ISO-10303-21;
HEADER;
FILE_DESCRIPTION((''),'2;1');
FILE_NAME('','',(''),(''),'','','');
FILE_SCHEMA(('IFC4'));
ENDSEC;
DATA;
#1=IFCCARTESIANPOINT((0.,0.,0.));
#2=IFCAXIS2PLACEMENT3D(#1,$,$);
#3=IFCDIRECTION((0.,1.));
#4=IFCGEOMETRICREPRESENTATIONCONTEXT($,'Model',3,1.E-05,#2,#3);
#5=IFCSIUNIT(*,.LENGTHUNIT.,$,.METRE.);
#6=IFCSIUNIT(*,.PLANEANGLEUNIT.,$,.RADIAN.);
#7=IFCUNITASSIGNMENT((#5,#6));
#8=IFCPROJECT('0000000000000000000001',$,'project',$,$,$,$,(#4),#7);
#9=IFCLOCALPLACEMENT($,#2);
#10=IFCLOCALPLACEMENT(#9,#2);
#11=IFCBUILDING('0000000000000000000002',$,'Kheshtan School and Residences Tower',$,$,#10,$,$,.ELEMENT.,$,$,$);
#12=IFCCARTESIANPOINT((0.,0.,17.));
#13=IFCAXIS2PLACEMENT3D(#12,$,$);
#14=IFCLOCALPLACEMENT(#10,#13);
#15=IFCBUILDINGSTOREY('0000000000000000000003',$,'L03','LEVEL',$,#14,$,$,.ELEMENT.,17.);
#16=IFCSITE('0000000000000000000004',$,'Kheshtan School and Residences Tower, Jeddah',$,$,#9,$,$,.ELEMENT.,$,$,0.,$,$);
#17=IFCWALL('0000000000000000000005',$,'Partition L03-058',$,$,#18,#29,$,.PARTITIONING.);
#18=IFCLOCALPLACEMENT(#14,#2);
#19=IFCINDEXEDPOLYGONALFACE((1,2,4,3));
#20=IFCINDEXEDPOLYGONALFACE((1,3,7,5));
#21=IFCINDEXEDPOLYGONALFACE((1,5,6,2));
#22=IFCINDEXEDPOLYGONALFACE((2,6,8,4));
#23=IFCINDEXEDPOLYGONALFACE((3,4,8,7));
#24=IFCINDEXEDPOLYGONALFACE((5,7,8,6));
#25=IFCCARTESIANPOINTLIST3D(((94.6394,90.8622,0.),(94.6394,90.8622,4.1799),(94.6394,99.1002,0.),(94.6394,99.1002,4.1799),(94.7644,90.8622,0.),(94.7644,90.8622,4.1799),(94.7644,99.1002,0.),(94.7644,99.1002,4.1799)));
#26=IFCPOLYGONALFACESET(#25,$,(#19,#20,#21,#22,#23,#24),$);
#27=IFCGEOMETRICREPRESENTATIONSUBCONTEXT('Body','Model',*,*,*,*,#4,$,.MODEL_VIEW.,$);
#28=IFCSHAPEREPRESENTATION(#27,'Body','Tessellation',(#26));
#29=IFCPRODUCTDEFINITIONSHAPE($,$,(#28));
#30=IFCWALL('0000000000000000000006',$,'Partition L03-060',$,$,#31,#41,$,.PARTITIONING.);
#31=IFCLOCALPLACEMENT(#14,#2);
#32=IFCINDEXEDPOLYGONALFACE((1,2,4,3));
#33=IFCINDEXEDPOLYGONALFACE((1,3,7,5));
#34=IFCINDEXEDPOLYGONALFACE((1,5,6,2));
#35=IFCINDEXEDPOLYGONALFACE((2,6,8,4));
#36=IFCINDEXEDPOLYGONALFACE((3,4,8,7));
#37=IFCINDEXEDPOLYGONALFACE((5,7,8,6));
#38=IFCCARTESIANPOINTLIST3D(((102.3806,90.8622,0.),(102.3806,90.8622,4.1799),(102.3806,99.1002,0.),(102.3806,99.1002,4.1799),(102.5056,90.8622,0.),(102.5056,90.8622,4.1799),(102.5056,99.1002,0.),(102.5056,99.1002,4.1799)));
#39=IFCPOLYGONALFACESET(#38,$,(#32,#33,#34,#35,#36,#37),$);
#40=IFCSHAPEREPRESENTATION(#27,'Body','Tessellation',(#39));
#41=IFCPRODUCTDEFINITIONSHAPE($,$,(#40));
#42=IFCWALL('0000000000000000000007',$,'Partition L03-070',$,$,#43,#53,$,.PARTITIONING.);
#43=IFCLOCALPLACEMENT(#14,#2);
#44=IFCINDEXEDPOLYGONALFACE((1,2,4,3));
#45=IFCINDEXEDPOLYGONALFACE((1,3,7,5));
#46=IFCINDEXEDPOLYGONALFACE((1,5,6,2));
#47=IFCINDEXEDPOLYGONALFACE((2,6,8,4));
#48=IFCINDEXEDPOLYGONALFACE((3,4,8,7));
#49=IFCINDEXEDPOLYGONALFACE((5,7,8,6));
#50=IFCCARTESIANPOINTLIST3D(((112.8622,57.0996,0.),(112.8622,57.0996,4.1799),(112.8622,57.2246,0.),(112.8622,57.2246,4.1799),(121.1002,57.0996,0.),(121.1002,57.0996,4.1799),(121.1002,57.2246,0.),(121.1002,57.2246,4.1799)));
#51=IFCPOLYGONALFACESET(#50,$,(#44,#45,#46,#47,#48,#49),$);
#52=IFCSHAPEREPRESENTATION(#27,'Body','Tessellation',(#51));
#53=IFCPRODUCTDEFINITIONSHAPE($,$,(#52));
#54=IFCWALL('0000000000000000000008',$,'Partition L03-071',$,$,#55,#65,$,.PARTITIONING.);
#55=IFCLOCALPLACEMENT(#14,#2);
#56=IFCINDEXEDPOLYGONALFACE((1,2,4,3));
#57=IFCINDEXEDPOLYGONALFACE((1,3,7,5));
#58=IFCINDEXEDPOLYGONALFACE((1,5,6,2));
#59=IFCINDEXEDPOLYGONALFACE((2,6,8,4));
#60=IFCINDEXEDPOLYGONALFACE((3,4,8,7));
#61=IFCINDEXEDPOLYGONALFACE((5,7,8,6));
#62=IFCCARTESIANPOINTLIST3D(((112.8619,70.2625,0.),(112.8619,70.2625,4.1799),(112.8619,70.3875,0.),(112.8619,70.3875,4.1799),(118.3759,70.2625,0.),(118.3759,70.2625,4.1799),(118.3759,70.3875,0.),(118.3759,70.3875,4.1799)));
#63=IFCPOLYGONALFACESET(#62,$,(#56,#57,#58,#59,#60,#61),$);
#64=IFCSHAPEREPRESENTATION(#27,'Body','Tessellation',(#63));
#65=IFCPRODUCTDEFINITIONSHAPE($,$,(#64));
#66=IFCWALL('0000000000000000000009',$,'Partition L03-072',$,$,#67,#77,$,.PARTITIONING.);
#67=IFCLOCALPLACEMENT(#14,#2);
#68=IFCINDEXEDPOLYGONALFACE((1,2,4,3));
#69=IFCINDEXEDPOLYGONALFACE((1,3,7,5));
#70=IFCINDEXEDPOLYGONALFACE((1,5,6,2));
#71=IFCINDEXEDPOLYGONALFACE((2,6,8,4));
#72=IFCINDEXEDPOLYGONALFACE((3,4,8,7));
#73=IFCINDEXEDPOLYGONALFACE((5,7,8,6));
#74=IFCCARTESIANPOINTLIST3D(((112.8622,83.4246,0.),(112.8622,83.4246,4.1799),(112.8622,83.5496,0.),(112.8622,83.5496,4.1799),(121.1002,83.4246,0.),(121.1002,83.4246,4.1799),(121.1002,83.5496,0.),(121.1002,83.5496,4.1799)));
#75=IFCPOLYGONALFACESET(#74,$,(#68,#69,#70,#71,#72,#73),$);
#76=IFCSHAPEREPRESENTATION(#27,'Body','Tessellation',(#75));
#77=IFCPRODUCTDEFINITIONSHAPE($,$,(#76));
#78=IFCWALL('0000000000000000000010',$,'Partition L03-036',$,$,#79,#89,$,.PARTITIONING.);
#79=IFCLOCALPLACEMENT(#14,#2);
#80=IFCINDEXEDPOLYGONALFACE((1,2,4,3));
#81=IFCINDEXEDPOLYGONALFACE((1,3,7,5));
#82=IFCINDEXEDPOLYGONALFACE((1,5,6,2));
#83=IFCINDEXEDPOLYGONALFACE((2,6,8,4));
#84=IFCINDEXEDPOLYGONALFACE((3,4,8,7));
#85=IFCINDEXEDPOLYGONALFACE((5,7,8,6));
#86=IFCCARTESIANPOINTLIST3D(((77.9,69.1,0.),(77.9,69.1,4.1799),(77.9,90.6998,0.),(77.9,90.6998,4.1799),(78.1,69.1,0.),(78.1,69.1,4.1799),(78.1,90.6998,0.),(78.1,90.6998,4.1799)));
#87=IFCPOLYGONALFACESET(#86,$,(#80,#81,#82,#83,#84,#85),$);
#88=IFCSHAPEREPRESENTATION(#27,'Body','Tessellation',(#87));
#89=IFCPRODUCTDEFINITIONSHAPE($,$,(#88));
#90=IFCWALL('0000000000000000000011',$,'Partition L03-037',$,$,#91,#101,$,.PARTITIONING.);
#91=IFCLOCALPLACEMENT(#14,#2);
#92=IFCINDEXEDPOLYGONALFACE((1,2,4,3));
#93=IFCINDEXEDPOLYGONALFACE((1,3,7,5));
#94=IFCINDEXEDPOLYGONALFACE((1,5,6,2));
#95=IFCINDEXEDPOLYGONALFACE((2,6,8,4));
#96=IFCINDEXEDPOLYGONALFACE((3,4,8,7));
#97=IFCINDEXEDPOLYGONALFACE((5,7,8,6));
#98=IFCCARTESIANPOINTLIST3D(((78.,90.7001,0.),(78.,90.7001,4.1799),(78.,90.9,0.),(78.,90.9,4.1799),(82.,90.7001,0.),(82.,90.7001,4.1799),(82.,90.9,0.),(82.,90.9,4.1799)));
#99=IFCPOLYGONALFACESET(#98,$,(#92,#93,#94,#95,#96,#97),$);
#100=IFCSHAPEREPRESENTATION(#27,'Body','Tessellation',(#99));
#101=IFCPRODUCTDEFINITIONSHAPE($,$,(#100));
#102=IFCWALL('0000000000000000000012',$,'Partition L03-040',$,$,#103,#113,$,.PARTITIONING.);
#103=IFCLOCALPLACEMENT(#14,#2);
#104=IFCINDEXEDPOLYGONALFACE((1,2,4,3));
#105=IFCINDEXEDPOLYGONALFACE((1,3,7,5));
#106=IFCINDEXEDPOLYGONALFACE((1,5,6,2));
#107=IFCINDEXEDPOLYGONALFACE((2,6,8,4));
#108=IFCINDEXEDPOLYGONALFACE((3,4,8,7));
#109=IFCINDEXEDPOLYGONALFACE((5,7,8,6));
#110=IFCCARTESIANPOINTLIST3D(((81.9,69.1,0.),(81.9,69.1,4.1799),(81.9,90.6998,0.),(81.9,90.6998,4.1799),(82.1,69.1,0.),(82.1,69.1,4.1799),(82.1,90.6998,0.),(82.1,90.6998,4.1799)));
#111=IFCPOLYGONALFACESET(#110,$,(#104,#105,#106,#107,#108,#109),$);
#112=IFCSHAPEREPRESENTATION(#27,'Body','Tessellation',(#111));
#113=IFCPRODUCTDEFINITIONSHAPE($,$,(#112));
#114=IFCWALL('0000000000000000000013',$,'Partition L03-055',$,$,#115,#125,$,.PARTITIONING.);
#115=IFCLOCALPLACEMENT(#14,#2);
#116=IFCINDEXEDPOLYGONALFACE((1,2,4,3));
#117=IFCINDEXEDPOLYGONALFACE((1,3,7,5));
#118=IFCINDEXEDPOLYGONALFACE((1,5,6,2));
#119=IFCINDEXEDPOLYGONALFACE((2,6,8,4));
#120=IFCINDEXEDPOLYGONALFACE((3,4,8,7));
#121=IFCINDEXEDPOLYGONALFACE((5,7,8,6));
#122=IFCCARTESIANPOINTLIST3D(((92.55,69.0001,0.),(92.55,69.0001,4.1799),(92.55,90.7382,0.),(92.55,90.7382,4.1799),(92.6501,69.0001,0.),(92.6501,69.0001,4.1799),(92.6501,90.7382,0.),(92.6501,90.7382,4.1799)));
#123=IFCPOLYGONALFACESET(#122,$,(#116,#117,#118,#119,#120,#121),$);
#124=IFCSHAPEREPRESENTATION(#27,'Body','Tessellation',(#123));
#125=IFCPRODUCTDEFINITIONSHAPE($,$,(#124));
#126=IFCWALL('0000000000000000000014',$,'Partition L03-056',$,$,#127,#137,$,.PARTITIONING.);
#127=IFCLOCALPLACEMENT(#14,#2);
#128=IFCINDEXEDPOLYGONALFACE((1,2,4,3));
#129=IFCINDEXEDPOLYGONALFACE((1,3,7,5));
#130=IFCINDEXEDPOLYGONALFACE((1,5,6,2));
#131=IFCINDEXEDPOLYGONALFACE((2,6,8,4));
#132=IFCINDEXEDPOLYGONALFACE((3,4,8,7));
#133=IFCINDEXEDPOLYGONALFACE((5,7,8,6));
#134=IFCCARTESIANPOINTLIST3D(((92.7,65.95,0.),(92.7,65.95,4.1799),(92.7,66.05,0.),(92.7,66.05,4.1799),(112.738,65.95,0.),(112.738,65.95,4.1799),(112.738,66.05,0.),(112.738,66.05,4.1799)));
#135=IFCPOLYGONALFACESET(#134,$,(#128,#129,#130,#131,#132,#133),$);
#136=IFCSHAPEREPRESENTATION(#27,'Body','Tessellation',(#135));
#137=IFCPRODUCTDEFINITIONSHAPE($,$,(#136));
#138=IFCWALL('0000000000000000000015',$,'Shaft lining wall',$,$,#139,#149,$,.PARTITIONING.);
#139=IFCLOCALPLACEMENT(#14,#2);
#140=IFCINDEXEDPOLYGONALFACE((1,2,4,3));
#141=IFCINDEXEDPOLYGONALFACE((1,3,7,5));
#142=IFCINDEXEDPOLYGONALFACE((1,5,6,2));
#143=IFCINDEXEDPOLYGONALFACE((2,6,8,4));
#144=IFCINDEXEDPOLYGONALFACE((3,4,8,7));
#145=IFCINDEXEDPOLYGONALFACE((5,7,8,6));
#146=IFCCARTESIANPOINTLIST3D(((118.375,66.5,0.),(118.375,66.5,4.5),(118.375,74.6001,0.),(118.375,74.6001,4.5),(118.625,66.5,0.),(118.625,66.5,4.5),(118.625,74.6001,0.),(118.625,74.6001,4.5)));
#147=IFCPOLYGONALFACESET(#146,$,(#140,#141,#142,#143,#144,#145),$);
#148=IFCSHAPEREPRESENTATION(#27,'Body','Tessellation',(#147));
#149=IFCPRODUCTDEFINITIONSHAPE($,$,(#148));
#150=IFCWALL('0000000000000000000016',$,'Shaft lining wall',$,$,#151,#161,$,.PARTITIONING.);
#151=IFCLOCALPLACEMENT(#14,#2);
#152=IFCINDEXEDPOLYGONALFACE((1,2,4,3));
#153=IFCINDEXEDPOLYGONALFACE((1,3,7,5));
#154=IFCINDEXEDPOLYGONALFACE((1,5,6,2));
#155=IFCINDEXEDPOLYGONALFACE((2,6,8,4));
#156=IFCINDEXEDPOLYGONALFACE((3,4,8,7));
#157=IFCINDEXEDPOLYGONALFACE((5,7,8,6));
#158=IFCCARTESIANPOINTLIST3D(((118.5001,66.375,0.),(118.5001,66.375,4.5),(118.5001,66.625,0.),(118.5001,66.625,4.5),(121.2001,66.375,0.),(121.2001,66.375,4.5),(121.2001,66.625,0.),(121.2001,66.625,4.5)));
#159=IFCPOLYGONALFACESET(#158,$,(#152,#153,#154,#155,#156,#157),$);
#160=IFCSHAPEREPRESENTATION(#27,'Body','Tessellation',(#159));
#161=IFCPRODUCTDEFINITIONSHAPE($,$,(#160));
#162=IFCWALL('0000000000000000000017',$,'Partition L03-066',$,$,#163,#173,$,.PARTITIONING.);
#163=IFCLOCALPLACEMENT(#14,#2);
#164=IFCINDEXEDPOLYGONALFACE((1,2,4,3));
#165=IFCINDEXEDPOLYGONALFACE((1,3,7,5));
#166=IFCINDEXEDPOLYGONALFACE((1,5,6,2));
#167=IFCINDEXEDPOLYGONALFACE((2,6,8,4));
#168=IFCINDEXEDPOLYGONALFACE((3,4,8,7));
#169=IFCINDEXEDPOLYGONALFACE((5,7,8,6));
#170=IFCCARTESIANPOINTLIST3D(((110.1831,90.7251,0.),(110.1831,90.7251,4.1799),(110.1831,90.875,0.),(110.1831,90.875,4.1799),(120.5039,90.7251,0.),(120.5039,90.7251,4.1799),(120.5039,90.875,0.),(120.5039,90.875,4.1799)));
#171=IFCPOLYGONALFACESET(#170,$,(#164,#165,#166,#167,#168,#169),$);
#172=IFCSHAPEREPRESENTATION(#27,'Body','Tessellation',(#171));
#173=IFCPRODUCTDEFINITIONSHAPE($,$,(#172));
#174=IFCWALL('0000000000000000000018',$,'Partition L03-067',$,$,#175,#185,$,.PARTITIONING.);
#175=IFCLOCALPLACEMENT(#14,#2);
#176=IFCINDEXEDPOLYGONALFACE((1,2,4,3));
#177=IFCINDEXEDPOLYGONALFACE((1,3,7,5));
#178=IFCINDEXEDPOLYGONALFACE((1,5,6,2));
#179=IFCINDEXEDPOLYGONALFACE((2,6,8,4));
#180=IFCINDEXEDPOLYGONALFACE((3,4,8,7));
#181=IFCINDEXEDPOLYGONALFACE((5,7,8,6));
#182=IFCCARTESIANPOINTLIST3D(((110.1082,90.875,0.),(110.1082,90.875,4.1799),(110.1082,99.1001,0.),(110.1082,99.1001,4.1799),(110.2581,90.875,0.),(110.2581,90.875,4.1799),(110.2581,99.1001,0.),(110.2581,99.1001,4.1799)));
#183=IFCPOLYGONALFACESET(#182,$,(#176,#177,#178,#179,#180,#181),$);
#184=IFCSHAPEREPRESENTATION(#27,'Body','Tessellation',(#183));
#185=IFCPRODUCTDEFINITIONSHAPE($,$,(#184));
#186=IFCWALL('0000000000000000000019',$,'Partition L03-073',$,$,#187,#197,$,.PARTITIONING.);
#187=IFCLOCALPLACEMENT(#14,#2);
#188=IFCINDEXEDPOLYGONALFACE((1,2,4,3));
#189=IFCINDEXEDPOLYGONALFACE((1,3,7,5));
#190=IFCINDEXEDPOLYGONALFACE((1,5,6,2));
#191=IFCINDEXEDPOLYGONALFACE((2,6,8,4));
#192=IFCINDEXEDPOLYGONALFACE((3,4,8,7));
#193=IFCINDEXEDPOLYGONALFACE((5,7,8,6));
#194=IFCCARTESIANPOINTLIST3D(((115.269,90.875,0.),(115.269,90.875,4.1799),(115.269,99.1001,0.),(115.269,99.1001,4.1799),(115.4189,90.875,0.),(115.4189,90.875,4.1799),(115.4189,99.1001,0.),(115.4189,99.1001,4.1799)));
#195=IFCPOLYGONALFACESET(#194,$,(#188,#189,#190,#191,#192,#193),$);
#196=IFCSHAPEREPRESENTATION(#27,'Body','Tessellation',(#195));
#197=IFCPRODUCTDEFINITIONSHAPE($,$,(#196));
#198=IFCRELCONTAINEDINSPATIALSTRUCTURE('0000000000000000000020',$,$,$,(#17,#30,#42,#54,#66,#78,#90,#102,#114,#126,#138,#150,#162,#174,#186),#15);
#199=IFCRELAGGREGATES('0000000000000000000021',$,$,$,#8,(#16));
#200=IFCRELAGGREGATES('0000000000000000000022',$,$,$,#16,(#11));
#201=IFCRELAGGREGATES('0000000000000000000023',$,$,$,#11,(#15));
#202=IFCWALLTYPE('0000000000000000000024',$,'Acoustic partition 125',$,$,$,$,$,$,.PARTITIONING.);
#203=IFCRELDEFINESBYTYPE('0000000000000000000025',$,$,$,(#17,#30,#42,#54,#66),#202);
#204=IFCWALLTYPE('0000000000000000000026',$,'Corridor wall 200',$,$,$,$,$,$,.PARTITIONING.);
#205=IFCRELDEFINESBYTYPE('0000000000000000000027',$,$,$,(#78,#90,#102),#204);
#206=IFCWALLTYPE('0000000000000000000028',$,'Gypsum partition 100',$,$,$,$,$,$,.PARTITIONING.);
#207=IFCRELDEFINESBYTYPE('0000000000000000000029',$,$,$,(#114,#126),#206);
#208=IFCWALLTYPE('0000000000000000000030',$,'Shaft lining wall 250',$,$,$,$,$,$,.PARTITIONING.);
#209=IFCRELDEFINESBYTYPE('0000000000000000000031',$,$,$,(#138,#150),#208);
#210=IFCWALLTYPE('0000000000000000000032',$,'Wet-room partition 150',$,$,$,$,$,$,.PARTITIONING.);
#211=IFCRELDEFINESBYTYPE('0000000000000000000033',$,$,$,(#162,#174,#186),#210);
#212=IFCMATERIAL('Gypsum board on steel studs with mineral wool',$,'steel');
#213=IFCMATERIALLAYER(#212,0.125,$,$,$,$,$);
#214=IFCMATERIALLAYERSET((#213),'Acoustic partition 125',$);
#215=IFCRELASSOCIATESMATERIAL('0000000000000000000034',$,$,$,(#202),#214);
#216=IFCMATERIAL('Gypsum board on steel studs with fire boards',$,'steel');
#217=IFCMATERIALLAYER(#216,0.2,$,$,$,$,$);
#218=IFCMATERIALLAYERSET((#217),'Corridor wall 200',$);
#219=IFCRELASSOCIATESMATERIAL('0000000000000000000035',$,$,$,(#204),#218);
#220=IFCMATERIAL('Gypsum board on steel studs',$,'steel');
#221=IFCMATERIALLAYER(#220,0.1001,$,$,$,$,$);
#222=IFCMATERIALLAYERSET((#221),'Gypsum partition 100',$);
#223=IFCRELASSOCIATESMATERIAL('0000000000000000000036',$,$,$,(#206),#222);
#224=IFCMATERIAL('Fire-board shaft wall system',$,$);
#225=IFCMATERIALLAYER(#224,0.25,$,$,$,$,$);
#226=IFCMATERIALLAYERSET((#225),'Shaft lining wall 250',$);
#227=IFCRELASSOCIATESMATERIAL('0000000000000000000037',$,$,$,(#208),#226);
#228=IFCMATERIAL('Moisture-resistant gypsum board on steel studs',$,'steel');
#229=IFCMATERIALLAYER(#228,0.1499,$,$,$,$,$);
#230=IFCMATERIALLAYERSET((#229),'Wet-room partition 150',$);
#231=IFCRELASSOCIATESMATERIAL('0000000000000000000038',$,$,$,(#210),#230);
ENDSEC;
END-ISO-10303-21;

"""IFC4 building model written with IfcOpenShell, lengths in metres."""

from ifc_helpers import new_model, si_unit, direction, frame, frame_2d, origin, place, context, subcontext, project, spatial, rectangle, extrude, material, layer, layer_set, type_object, element, save


model = new_model("IFC4")

# Units and contexts
model_context = context("Model", 3, precision=1e-05, world=origin(), true_north=direction((0.0, 1.0)))
body_context = subcontext(model_context, "Body", "Model", "MODEL_VIEW")
ifc_project = project(units=[si_unit("LENGTHUNIT", "METRE"), si_unit("PLANEANGLEUNIT", "RADIAN")], contexts=[model_context])

# Site, building, storey
site_placement = place(None, origin())
site = spatial("IfcSite", under=ifc_project, at=site_placement, Name="Kheshtan School and Residences Tower, Jeddah", CompositionType="ELEMENT", RefElevation=0.0)
building_placement = place(site_placement, origin())
building = spatial("IfcBuilding", under=site, at=building_placement, Name="Kheshtan School and Residences Tower", CompositionType="ELEMENT")
storey_placement = place(building_placement, frame((0.0, 0.0, 17.0)))
storey = spatial("IfcBuildingStorey", under=building, at=storey_placement, Name="L03", Description="LEVEL", CompositionType="ELEMENT", Elevation=17.0)

# Walls
ifc_material_1 = material(Name="Gypsum board on steel studs with mineral wool", Category="steel")
ifc_layer_1 = layer(ifc_material_1, 0.125)
ifc_layer_set_1 = layer_set([ifc_layer_1], Name="Acoustic partition 125")
wall_type_1 = type_object("IfcWallType", Name="Acoustic partition 125", PredefinedType="PARTITIONING", material=ifc_layer_set_1)
for number, where, z_axis, x_axis, name in (
    (1, (94.7019, 90.8621, 0.0), (0.0, 0.0, 1.0), (0.0, 1.0, 0.0), "Partition L03-058"),
    (2, (102.4431, 90.8621, 0.0), (0.0, 0.0, 1.0), (0.0, 1.0, 0.0), "Partition L03-060"),
    (3, (112.8621, 57.1621, 0.0), (0.0, 0.0, 1.0), (1.0, 0.0, 0.0), "Partition L03-070"),
):
    element("IfcWall", number, at=place(storey_placement, frame(where, z_axis=z_axis, x_axis=x_axis)), inside=storey, type_object=wall_type_1, Name=name, PredefinedType="PARTITIONING", context=body_context, shape_type="SweptSolid", body=[
        extrude(rectangle(XDim=8.238, YDim=0.125, at=frame_2d((4.1191, 0.0))), origin(), (0.0, 0.0, 1.0), 4.1799),
    ])
wall_1_placement = place(storey_placement, frame((112.8621, 70.325, 0.0), z_axis=(0.0, 0.0, 1.0), x_axis=(1.0, 0.0, 0.0)))
element("IfcWall", 4, at=wall_1_placement, inside=storey, type_object=wall_type_1, Name="Partition L03-071", PredefinedType="PARTITIONING", context=body_context, shape_type="SweptSolid", body=[
    extrude(rectangle(XDim=5.5139, YDim=0.125, at=frame_2d((2.7568, 0.0))), origin(), (0.0, 0.0, 1.0), 4.1799),
])
wall_2_placement = place(storey_placement, frame((112.8621, 83.4871, 0.0), z_axis=(0.0, 0.0, 1.0), x_axis=(1.0, 0.0, 0.0)))
element("IfcWall", 5, at=wall_2_placement, inside=storey, type_object=wall_type_1, Name="Partition L03-072", PredefinedType="PARTITIONING", context=body_context, shape_type="SweptSolid", body=[
    extrude(rectangle(XDim=8.238, YDim=0.125, at=frame_2d((4.1191, 0.0))), origin(), (0.0, 0.0, 1.0), 4.1799),
])
ifc_material_2 = material(Name="Gypsum board on steel studs with fire boards", Category="steel")
ifc_layer_2 = layer(ifc_material_2, 0.2)
ifc_layer_set_2 = layer_set([ifc_layer_2], Name="Corridor wall 200")
wall_type_2 = type_object("IfcWallType", Name="Corridor wall 200", PredefinedType="PARTITIONING", material=ifc_layer_set_2)
wall_3_placement = place(storey_placement, frame((78.0, 69.1001, 0.0), z_axis=(0.0, 0.0, 1.0), x_axis=(0.0, 1.0, 0.0)))
element("IfcWall", 6, at=wall_3_placement, inside=storey, type_object=wall_type_2, Name="Partition L03-036", PredefinedType="PARTITIONING", context=body_context, shape_type="SweptSolid", body=[
    extrude(rectangle(XDim=21.5999, YDim=0.2, at=frame_2d((10.7998, 0.0))), origin(), (0.0, 0.0, 1.0), 4.1799),
])
wall_4_placement = place(storey_placement, frame((78.0, 90.8, 0.0), z_axis=(0.0, 0.0, 1.0), x_axis=(1.0, 0.0, 0.0)))
element("IfcWall", 7, at=wall_4_placement, inside=storey, type_object=wall_type_2, Name="Partition L03-037", PredefinedType="PARTITIONING", context=body_context, shape_type="SweptSolid", body=[
    extrude(rectangle(XDim=4.0, YDim=0.2, at=frame_2d((2.0, 0.0))), origin(), (0.0, 0.0, 1.0), 4.1799),
])
wall_5_placement = place(storey_placement, frame((82.0, 69.1001, 0.0), z_axis=(0.0, 0.0, 1.0), x_axis=(0.0, 1.0, 0.0)))
element("IfcWall", 8, at=wall_5_placement, inside=storey, type_object=wall_type_2, Name="Partition L03-040", PredefinedType="PARTITIONING", context=body_context, shape_type="SweptSolid", body=[
    extrude(rectangle(XDim=21.5999, YDim=0.2, at=frame_2d((10.7998, 0.0))), origin(), (0.0, 0.0, 1.0), 4.1799),
])
ifc_material_3 = material(Name="Gypsum board on steel studs", Category="steel")
ifc_layer_3 = layer(ifc_material_3, 0.1001)
ifc_layer_set_3 = layer_set([ifc_layer_3], Name="Gypsum partition 100")
wall_type_3 = type_object("IfcWallType", Name="Gypsum partition 100", PredefinedType="PARTITIONING", material=ifc_layer_set_3)
wall_6_placement = place(storey_placement, frame((92.6001, 69.0, 0.0), z_axis=(0.0, 0.0, 1.0), x_axis=(0.0, 1.0, 0.0)))
element("IfcWall", 9, at=wall_6_placement, inside=storey, type_object=wall_type_3, Name="Partition L03-055", PredefinedType="PARTITIONING", context=body_context, shape_type="SweptSolid", body=[
    extrude(rectangle(XDim=21.738, YDim=0.1001, at=frame_2d((10.8691, 0.0))), origin(), (0.0, 0.0, 1.0), 4.1799),
])
wall_7_placement = place(storey_placement, frame((92.7, 66.0, 0.0), z_axis=(0.0, 0.0, 1.0), x_axis=(1.0, 0.0, 0.0)))
element("IfcWall", 10, at=wall_7_placement, inside=storey, type_object=wall_type_3, Name="Partition L03-056", PredefinedType="PARTITIONING", context=body_context, shape_type="SweptSolid", body=[
    extrude(rectangle(XDim=20.0381, YDim=0.1001, at=frame_2d((10.019, 0.0))), origin(), (0.0, 0.0, 1.0), 4.1799),
])
ifc_material_4 = material(Name="Fire-board shaft wall system")
ifc_layer_4 = layer(ifc_material_4, 0.25)
ifc_layer_set_4 = layer_set([ifc_layer_4], Name="Shaft lining wall 250")
wall_type_4 = type_object("IfcWallType", Name="Shaft lining wall 250", PredefinedType="PARTITIONING", material=ifc_layer_set_4)
wall_8_placement = place(storey_placement, frame((118.5, 66.5, 0.0), z_axis=(0.0, 0.0, 1.0), x_axis=(0.0, 1.0, 0.0)))
element("IfcWall", 11, at=wall_8_placement, inside=storey, type_object=wall_type_4, Name="Shaft lining wall", PredefinedType="PARTITIONING", context=body_context, shape_type="SweptSolid", body=[
    extrude(rectangle(XDim=8.1001, YDim=0.25, at=frame_2d((4.05, 0.0))), origin(), (0.0, 0.0, 1.0), 4.5),
])
wall_9_placement = place(storey_placement, frame((118.5, 66.5, 0.0), z_axis=(0.0, 0.0, 1.0), x_axis=(1.0, 0.0, 0.0)))
element("IfcWall", 12, at=wall_9_placement, inside=storey, type_object=wall_type_4, Name="Shaft lining wall", PredefinedType="PARTITIONING", context=body_context, shape_type="SweptSolid", body=[
    extrude(rectangle(XDim=2.7, YDim=0.25, at=frame_2d((1.3501, 0.0))), origin(), (0.0, 0.0, 1.0), 4.5),
])
ifc_material_5 = material(Name="Moisture-resistant gypsum board on steel studs", Category="steel")
ifc_layer_5 = layer(ifc_material_5, 0.1499)
ifc_layer_set_5 = layer_set([ifc_layer_5], Name="Wet-room partition 150")
wall_type_5 = type_object("IfcWallType", Name="Wet-room partition 150", PredefinedType="PARTITIONING", material=ifc_layer_set_5)
wall_10_placement = place(storey_placement, frame((110.1831, 90.8, 0.0), z_axis=(0.0, 0.0, 1.0), x_axis=(1.0, 0.0, 0.0)))
element("IfcWall", 13, at=wall_10_placement, inside=storey, type_object=wall_type_5, Name="Partition L03-066", PredefinedType="PARTITIONING", context=body_context, shape_type="SweptSolid", body=[
    extrude(rectangle(XDim=10.3208, YDim=0.1499, at=frame_2d((5.1604, 0.0))), origin(), (0.0, 0.0, 1.0), 4.1799),
])
for number, where, z_axis, x_axis, name in (
    (14, (110.1831, 90.875, 0.0), (0.0, 0.0, 1.0), (0.0, 1.0, 0.0), "Partition L03-067"),
    (15, (115.344, 90.875, 0.0), (0.0, 0.0, 1.0), (0.0, 1.0, 0.0), "Partition L03-073"),
):
    element("IfcWall", number, at=place(storey_placement, frame(where, z_axis=z_axis, x_axis=x_axis)), inside=storey, type_object=wall_type_5, Name=name, PredefinedType="PARTITIONING", context=body_context, shape_type="SweptSolid", body=[
        extrude(rectangle(XDim=8.2251, YDim=0.1499, at=frame_2d((4.1125, 0.0))), origin(), (0.0, 0.0, 1.0), 4.1799),
    ])

save(model, "model.ifc")
